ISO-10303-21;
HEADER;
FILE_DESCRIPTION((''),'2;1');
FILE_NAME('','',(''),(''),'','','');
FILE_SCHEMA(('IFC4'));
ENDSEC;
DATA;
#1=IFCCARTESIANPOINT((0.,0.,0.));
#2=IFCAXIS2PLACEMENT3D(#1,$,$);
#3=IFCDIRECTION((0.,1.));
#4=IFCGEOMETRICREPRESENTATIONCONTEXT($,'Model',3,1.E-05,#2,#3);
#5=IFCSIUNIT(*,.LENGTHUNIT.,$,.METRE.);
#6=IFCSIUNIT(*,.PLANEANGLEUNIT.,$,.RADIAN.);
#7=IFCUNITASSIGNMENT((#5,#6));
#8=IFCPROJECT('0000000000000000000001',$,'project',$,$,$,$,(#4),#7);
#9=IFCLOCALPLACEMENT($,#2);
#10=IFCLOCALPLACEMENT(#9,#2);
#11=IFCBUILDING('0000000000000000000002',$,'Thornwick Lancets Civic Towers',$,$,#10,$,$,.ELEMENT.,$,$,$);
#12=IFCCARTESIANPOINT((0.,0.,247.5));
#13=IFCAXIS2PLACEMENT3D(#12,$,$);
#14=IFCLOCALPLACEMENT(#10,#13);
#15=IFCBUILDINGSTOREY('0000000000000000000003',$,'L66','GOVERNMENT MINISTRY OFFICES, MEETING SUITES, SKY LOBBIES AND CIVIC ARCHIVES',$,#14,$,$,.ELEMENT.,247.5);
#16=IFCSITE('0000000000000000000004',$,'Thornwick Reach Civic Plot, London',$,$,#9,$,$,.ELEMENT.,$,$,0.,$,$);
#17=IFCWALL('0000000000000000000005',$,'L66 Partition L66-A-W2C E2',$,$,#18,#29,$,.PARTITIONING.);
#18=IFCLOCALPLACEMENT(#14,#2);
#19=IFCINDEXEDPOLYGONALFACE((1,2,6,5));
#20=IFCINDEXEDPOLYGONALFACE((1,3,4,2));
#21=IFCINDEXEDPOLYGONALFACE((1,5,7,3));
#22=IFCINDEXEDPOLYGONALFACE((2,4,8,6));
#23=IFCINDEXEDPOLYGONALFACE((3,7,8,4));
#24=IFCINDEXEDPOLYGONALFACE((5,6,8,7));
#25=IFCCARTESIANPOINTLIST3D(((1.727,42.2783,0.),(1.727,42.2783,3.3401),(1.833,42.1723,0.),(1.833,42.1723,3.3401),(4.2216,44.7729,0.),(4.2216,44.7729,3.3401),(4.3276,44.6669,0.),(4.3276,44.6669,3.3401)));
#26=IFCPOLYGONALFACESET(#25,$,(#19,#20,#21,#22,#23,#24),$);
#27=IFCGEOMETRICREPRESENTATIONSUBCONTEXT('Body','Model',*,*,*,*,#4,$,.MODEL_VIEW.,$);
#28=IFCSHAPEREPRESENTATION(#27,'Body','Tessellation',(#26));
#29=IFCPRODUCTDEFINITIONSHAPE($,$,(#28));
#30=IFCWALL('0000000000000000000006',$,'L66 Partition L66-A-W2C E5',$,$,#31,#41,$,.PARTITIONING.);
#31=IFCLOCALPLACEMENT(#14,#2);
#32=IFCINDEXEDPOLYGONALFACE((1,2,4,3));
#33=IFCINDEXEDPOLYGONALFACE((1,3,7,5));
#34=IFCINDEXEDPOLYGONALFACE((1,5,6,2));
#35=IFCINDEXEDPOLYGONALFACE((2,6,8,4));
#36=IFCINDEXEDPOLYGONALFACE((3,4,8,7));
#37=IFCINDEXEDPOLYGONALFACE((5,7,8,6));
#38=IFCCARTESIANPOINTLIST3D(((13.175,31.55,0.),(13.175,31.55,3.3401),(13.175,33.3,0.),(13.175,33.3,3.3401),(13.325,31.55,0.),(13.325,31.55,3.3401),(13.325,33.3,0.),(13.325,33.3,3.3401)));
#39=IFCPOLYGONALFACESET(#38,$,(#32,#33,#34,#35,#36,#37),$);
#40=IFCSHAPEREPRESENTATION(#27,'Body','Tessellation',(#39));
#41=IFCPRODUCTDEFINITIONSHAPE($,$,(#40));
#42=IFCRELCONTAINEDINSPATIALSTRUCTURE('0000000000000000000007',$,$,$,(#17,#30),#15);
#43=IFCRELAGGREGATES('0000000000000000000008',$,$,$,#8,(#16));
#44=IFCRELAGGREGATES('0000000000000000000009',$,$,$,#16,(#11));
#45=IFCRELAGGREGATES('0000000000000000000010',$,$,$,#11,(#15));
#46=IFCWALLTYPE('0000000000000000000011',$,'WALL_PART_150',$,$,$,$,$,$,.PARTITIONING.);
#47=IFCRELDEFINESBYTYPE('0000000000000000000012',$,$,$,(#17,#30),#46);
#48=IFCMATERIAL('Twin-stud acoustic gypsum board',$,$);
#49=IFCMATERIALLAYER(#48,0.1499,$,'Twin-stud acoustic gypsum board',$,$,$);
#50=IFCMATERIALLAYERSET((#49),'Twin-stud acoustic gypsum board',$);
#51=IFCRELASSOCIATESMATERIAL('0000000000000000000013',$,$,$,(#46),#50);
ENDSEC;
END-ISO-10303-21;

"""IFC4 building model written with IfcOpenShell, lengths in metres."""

from ifc_helpers import new_model, si_unit, direction, frame, frame_2d, origin, place, context, subcontext, project, spatial, rectangle, extrude, material, layer, layer_set, type_object, element, save


model = new_model("IFC4")

# Units and contexts
model_context = context("Model", 3, precision=1e-05, world=origin(), true_north=direction((0.0, 1.0)))
body_context = subcontext(model_context, "Body", "Model", "MODEL_VIEW")
ifc_project = project(units=[si_unit("LENGTHUNIT", "METRE"), si_unit("PLANEANGLEUNIT", "RADIAN")], contexts=[model_context])

# Site, building, storey
site_placement = place(None, origin())
site = spatial("IfcSite", under=ifc_project, at=site_placement, Name="Thornwick Reach Civic Plot, London", CompositionType="ELEMENT", RefElevation=0.0)
building_placement = place(site_placement, origin())
building = spatial("IfcBuilding", under=site, at=building_placement, Name="Thornwick Lancets Civic Towers", CompositionType="ELEMENT")
storey_placement = place(building_placement, frame((0.0, 0.0, 247.5)))
storey = spatial("IfcBuildingStorey", under=building, at=storey_placement, Name="L66", Description="GOVERNMENT MINISTRY OFFICES, MEETING SUITES, SKY LOBBIES AND CIVIC ARCHIVES", CompositionType="ELEMENT", Elevation=247.5)

# Walls
ifc_material_1 = material(Name="Twin-stud acoustic gypsum board")
ifc_layer_1 = layer(ifc_material_1, 0.1499, Name="Twin-stud acoustic gypsum board")
ifc_layer_set_1 = layer_set([ifc_layer_1], Name="Twin-stud acoustic gypsum board")
wall_type_1 = type_object("IfcWallType", Name="WALL_PART_150", PredefinedType="PARTITIONING", material=ifc_layer_set_1)
wall_1_placement = place(storey_placement, frame((1.78, 42.2253, 0.0), z_axis=(0.0, 0.0, 1.0), x_axis=(0.707107, 0.707107, 0.0)))
element("IfcWall", 1, at=wall_1_placement, inside=storey, type_object=wall_type_1, Name="L66 Partition L66-A-W2C E2", PredefinedType="PARTITIONING", context=body_context, shape_type="SweptSolid", body=[
    extrude(rectangle(XDim=3.5278, YDim=0.1499, at=frame_2d((1.7639, 0.0))), origin(), (0.0, 0.0, 1.0), 3.3401),
])
wall_2_placement = place(storey_placement, frame((13.25, 33.3, 0.0), z_axis=(0.0, 0.0, 1.0), x_axis=(0.0, -1.0, 0.0)))
element("IfcWall", 2, at=wall_2_placement, inside=storey, type_object=wall_type_1, Name="L66 Partition L66-A-W2C E5", PredefinedType="PARTITIONING", context=body_context, shape_type="SweptSolid", body=[
    extrude(rectangle(XDim=1.75, YDim=0.1499, at=frame_2d((0.875, 0.0))), origin(), (0.0, 0.0, 1.0), 3.3401),
])

save(model, "model.ifc")
